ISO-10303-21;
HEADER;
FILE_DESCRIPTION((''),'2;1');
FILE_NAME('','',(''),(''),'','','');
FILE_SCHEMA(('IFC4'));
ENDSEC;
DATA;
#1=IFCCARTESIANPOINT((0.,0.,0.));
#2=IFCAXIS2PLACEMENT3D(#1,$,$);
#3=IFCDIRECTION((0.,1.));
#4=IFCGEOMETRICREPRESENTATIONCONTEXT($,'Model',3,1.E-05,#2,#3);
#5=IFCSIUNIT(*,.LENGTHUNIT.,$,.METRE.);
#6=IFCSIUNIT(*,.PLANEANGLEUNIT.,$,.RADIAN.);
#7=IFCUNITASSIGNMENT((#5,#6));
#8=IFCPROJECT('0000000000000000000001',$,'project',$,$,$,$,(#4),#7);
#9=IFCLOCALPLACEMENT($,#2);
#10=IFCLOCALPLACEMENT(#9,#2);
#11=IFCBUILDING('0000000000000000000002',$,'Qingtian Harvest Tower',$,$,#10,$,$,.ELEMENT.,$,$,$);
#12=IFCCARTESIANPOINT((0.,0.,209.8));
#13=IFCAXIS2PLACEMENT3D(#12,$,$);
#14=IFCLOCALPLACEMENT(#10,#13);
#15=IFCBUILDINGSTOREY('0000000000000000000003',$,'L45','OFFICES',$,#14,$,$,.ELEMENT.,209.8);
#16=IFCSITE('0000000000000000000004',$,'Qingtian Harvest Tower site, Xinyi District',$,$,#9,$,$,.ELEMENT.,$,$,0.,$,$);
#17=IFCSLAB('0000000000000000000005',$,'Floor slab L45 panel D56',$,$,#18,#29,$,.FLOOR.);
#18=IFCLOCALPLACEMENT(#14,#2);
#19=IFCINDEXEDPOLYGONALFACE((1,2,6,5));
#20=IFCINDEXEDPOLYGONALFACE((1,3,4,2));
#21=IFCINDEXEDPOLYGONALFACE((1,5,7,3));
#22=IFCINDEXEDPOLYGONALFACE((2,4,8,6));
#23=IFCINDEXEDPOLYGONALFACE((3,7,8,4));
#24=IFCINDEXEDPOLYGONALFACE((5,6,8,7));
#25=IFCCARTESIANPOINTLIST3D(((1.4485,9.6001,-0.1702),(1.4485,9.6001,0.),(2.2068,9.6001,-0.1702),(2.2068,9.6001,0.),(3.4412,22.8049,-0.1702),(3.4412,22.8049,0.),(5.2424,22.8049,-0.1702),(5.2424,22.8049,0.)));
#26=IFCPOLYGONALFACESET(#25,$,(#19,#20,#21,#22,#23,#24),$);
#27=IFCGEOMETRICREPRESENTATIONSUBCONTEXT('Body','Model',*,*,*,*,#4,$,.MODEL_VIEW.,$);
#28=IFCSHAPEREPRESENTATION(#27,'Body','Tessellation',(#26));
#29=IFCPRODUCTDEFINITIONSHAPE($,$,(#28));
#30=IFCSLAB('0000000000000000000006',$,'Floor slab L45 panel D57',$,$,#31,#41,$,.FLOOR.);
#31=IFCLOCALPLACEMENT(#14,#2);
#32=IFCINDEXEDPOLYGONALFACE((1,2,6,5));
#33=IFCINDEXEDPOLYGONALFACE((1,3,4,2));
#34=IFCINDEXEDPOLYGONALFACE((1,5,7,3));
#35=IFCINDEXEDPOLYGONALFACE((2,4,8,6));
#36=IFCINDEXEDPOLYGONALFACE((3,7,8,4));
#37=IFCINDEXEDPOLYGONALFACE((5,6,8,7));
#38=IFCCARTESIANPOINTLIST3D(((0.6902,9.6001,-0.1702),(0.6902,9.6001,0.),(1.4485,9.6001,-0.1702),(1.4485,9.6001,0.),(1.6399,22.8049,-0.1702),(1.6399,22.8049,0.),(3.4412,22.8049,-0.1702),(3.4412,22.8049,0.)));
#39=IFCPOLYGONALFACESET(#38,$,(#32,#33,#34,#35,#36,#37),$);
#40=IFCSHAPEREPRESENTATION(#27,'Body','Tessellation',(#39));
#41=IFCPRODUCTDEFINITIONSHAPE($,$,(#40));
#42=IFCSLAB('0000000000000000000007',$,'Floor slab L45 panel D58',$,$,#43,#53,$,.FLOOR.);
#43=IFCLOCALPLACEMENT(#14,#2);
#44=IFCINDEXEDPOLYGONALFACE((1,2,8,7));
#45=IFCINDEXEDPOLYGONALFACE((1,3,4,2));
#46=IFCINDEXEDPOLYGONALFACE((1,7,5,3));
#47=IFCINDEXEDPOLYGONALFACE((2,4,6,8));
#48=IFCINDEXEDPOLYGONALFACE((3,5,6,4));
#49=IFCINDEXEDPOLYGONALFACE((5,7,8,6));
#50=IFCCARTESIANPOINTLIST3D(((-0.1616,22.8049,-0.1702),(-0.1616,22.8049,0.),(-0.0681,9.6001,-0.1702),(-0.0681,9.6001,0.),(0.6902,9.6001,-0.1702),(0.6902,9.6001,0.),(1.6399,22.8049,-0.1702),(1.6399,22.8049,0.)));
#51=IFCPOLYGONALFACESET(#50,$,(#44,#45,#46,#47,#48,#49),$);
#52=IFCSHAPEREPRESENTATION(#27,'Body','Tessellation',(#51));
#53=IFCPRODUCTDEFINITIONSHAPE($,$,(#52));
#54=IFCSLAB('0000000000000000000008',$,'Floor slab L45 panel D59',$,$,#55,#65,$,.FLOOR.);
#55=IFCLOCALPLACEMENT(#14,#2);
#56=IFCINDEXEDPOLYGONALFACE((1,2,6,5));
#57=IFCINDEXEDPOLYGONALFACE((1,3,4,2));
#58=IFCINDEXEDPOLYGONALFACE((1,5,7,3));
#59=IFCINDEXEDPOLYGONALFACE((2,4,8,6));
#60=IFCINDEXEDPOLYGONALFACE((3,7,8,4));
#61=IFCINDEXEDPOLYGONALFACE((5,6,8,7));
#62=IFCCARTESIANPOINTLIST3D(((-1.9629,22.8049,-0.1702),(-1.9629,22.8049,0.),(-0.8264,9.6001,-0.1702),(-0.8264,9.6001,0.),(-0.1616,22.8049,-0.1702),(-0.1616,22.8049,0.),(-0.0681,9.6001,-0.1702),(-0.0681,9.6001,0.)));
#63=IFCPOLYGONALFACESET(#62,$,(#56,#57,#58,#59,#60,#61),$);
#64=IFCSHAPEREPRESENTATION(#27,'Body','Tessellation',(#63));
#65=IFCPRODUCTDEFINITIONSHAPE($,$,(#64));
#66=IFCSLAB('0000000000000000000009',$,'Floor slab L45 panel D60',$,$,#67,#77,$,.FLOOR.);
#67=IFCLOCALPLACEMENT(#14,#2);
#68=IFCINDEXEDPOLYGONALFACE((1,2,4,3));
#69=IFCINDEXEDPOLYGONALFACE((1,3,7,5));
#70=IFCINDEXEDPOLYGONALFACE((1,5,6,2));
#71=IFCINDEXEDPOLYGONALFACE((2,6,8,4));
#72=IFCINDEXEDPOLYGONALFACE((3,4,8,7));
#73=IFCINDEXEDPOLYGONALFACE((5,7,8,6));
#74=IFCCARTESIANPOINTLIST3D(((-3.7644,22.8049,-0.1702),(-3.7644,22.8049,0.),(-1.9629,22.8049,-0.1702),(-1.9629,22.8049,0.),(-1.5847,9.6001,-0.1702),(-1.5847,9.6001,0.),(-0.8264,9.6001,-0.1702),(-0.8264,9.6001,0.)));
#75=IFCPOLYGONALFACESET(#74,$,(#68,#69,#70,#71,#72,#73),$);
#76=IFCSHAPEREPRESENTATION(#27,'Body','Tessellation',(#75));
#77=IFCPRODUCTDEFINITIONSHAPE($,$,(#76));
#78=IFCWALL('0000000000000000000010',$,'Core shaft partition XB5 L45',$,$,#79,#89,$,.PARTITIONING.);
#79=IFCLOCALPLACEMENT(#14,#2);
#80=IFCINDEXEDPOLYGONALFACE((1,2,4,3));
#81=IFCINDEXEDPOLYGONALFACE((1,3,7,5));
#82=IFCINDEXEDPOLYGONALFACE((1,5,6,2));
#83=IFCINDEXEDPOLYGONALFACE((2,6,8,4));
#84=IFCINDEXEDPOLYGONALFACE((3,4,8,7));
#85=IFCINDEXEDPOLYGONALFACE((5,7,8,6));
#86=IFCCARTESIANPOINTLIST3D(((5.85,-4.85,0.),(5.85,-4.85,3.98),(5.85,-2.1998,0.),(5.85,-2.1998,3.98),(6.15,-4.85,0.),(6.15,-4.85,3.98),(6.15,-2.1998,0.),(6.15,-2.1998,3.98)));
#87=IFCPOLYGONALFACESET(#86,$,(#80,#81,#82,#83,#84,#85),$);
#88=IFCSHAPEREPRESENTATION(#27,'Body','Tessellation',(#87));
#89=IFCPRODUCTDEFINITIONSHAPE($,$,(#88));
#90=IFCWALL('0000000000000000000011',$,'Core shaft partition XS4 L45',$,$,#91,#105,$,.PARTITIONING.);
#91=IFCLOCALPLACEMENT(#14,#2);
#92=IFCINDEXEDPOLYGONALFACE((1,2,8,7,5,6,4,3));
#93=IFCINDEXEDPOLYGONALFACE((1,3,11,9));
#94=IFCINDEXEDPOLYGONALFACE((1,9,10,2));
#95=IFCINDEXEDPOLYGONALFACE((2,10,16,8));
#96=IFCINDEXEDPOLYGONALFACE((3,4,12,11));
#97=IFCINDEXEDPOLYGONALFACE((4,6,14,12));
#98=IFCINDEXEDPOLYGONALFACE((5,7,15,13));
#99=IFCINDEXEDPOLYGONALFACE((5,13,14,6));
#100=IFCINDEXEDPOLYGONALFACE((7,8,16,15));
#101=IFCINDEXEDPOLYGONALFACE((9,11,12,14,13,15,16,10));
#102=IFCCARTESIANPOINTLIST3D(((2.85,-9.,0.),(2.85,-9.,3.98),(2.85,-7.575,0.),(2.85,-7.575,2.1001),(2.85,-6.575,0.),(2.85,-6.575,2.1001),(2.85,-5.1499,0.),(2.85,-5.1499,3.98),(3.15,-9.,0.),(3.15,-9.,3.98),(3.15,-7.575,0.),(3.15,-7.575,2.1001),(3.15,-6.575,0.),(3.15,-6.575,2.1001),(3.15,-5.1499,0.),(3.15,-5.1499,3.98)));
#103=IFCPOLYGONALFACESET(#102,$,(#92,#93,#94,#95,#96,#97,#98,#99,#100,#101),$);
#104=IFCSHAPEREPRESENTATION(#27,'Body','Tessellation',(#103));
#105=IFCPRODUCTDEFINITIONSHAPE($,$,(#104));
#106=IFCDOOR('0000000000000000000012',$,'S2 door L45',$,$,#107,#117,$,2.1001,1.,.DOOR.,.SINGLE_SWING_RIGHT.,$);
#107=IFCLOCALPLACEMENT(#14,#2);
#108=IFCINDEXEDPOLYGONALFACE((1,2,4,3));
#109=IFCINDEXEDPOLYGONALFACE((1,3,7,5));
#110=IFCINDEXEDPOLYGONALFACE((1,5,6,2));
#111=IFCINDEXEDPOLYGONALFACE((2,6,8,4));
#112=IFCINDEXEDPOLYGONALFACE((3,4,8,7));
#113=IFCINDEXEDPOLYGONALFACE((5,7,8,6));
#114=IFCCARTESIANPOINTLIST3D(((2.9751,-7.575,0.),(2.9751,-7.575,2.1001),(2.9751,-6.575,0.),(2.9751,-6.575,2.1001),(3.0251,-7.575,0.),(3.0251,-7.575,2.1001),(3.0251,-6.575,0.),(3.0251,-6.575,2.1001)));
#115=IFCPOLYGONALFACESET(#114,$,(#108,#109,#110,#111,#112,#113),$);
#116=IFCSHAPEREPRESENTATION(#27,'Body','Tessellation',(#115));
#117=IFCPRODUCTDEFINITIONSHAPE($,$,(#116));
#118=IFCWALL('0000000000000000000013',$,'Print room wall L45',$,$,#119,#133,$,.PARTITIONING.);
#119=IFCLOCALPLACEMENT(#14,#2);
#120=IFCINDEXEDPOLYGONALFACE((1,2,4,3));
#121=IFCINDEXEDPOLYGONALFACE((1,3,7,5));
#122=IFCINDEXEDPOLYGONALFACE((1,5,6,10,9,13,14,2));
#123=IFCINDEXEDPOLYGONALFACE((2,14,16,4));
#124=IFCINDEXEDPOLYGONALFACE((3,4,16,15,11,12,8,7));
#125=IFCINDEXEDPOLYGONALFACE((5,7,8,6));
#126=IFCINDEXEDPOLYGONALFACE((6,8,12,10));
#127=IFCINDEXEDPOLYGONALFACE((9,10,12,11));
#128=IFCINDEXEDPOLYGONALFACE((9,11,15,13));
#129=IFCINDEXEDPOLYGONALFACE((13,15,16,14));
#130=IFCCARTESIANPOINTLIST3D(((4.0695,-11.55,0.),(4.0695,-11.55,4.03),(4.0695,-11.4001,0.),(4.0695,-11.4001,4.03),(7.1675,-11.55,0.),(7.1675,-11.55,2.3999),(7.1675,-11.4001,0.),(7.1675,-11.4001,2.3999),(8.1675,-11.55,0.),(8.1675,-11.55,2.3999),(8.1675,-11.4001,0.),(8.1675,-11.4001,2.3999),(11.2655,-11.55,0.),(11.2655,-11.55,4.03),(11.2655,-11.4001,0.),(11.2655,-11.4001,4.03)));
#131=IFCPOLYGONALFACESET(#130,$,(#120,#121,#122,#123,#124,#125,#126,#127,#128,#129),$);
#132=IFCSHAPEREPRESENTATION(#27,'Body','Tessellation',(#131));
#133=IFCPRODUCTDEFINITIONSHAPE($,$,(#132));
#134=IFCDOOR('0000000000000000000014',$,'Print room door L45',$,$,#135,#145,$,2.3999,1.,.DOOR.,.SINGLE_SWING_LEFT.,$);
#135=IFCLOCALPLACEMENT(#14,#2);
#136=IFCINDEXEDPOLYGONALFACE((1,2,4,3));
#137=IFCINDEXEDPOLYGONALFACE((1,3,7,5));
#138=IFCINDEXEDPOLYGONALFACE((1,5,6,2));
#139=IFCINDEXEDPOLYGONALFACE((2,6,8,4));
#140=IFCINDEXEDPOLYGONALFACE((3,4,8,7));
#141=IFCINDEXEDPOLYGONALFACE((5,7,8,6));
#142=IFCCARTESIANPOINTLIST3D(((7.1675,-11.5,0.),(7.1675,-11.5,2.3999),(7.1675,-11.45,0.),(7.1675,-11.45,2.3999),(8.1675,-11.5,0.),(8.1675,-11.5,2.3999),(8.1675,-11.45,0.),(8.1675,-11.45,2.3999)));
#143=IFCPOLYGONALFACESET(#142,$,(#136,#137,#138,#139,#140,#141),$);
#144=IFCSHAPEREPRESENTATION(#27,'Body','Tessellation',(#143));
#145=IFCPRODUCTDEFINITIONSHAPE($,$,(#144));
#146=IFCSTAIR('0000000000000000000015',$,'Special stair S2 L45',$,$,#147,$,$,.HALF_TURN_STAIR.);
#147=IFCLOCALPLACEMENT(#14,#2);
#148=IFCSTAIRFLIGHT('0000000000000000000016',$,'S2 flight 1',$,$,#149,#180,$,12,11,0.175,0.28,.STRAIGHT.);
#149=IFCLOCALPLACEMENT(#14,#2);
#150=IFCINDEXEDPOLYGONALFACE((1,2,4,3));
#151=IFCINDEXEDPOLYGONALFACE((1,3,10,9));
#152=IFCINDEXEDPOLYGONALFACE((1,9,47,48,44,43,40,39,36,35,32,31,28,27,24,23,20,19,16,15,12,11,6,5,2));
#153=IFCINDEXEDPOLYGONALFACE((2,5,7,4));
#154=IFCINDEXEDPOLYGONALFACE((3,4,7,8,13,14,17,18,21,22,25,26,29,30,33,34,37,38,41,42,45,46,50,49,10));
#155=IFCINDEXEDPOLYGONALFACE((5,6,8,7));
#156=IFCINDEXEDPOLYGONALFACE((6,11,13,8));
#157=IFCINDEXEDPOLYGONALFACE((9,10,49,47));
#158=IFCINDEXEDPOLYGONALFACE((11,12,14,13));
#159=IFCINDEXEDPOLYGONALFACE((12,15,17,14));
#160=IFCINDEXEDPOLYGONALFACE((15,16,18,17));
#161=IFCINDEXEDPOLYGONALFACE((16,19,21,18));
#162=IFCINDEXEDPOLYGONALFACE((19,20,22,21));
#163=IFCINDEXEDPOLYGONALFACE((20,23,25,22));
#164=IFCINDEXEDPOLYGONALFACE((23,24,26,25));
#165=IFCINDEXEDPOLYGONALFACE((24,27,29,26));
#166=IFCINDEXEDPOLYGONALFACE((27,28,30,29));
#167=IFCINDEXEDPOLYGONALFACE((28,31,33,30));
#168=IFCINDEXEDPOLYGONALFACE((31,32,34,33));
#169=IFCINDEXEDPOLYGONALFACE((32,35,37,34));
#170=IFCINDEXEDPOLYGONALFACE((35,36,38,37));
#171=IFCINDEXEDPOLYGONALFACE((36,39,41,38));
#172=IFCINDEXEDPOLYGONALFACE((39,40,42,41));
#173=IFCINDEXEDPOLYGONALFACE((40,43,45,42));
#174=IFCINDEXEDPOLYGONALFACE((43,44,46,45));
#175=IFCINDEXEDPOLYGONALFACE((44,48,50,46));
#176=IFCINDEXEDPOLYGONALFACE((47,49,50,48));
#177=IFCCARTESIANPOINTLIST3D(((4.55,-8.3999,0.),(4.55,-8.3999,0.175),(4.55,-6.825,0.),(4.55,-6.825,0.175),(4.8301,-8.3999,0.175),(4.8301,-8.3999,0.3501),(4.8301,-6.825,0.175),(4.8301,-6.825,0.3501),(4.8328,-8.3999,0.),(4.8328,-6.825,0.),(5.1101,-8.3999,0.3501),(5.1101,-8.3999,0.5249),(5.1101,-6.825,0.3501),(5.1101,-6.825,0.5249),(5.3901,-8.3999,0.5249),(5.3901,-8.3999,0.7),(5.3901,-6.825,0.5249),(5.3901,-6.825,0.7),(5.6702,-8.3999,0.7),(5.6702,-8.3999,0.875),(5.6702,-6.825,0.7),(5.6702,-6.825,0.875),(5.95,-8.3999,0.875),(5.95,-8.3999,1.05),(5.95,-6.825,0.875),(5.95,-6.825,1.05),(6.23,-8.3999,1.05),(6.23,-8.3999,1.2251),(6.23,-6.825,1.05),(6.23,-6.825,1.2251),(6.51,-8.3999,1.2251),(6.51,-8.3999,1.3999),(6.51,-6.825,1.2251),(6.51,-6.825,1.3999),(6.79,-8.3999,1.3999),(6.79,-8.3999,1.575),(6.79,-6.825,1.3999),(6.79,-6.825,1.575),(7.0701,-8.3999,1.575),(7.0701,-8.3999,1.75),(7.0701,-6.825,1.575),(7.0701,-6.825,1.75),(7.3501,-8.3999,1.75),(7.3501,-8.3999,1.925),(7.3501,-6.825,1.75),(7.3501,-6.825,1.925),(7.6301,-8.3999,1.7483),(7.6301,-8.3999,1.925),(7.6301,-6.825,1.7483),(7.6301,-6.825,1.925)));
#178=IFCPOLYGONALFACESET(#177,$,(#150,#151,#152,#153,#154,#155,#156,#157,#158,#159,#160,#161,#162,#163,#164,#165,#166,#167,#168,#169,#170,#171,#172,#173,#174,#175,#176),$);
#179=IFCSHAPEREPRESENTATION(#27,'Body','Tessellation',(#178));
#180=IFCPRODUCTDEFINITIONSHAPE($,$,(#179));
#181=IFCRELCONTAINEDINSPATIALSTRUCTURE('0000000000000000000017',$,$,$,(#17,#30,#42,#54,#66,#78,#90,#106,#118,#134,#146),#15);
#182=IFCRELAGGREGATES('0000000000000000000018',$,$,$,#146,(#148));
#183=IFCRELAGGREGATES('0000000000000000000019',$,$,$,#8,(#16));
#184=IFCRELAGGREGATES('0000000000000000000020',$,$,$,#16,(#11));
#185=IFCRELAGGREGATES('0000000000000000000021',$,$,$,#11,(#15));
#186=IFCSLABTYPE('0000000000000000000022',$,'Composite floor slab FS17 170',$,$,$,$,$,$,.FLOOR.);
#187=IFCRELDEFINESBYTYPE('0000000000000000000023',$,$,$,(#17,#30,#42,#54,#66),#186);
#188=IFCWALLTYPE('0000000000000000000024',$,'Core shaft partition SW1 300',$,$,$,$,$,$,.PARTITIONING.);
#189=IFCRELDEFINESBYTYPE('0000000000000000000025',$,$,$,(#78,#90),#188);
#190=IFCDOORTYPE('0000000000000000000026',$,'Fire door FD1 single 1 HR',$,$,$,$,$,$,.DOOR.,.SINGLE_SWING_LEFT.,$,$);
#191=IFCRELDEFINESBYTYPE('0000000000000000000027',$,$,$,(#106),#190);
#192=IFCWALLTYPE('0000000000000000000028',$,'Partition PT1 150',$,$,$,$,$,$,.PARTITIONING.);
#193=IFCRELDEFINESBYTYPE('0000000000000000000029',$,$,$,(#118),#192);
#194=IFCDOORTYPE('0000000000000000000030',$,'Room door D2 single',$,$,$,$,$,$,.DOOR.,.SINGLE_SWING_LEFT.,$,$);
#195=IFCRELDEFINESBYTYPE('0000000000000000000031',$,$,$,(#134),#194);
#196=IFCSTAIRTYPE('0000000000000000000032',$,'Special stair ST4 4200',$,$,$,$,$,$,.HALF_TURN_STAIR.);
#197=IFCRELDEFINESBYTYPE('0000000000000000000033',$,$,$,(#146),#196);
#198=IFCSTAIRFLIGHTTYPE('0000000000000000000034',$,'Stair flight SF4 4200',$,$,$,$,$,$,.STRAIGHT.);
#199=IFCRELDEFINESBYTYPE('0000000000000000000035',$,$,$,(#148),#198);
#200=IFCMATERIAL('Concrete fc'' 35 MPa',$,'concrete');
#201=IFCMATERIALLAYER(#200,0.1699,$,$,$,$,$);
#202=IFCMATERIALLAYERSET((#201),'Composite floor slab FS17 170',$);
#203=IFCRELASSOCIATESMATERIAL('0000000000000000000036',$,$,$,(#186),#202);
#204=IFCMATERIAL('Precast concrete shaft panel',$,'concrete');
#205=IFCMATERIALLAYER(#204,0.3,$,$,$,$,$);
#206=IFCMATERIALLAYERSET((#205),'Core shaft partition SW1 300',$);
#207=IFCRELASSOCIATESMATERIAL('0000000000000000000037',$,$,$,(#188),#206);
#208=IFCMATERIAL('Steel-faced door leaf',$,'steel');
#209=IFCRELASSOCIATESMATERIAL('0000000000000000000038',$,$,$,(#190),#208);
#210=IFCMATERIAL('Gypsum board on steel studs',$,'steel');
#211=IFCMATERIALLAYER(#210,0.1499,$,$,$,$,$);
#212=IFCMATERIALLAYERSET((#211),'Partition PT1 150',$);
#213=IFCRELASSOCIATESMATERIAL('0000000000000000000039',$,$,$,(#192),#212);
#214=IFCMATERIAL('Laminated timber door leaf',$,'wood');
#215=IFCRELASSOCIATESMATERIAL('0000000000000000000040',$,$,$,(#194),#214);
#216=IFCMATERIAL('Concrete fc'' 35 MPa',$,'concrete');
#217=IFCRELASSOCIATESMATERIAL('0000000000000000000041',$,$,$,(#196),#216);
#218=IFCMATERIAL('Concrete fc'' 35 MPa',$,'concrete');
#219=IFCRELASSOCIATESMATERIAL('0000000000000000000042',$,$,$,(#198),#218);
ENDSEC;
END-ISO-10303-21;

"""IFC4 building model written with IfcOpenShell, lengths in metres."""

from ifc_helpers import new_model, si_unit, direction, frame, frame_2d, origin, place, context, subcontext, project, spatial, polyline, rectangle, outline, extrude, material, layer, layer_set, type_object, element, fill, aggregate, save


model = new_model("IFC4")

# Units and contexts
model_context = context("Model", 3, precision=1e-05, world=origin(), true_north=direction((0.0, 1.0)))
body_context = subcontext(model_context, "Body", "Model", "MODEL_VIEW")
ifc_project = project(units=[si_unit("LENGTHUNIT", "METRE"), si_unit("PLANEANGLEUNIT", "RADIAN")], contexts=[model_context])

# Site, building, storey
site_placement = place(None, origin())
site = spatial("IfcSite", under=ifc_project, at=site_placement, Name="Qingtian Harvest Tower site, Xinyi District", CompositionType="ELEMENT", RefElevation=0.0)
building_placement = place(site_placement, origin())
building = spatial("IfcBuilding", under=site, at=building_placement, Name="Qingtian Harvest Tower", CompositionType="ELEMENT")
storey_placement = place(building_placement, frame((0.0, 0.0, 209.8)))
storey = spatial("IfcBuildingStorey", under=building, at=storey_placement, Name="L45", Description="OFFICES", CompositionType="ELEMENT", Elevation=209.8)

# Slabs
ifc_material_1 = material(Name="Concrete fc' 35 MPa", Category="concrete")
ifc_layer_1 = layer(ifc_material_1, 0.1699)
ifc_layer_set_1 = layer_set([ifc_layer_1], Name="Composite floor slab FS17 170")
slab_type = type_object("IfcSlabType", Name="Composite floor slab FS17 170", PredefinedType="FLOOR", material=ifc_layer_set_1)
slab_1_placement = place(storey_placement, frame((0.0, 0.0, -0.1702)))
element("IfcSlab", 1, at=slab_1_placement, inside=storey, type_object=slab_type, Name="Floor slab L45 panel D56", PredefinedType="FLOOR", context=body_context, shape_type="SweptSolid", body=[
    extrude(outline(polyline([(1.4485, 9.6001), (3.4412, 22.8049), (5.2424, 22.8049), (2.2068, 9.6001), (1.4485, 9.6001)])), origin(), (0.0, 0.0, 1.0), 0.1702),
])
slab_2_placement = place(storey_placement, frame((0.0, 0.0, -0.1702)))
element("IfcSlab", 2, at=slab_2_placement, inside=storey, type_object=slab_type, Name="Floor slab L45 panel D57", PredefinedType="FLOOR", context=body_context, shape_type="SweptSolid", body=[
    extrude(outline(polyline([(0.6902, 9.6001), (1.6399, 22.8049), (3.4412, 22.8049), (1.4485, 9.6001), (0.6902, 9.6001)])), origin(), (0.0, 0.0, 1.0), 0.1702),
])
slab_3_placement = place(storey_placement, frame((0.0, 0.0, -0.1702)))
element("IfcSlab", 3, at=slab_3_placement, inside=storey, type_object=slab_type, Name="Floor slab L45 panel D58", PredefinedType="FLOOR", context=body_context, shape_type="SweptSolid", body=[
    extrude(outline(polyline([(-0.0681, 9.6001), (-0.1616, 22.8049), (1.6399, 22.8049), (0.6902, 9.6001), (-0.0681, 9.6001)])), origin(), (0.0, 0.0, 1.0), 0.1702),
])
slab_4_placement = place(storey_placement, frame((0.0, 0.0, -0.1702)))
element("IfcSlab", 4, at=slab_4_placement, inside=storey, type_object=slab_type, Name="Floor slab L45 panel D59", PredefinedType="FLOOR", context=body_context, shape_type="SweptSolid", body=[
    extrude(outline(polyline([(-0.8264, 9.6001), (-1.9629, 22.8049), (-0.1616, 22.8049), (-0.0681, 9.6001), (-0.8264, 9.6001)])), origin(), (0.0, 0.0, 1.0), 0.1702),
])
slab_5_placement = place(storey_placement, frame((0.0, 0.0, -0.1702)))
element("IfcSlab", 5, at=slab_5_placement, inside=storey, type_object=slab_type, Name="Floor slab L45 panel D60", PredefinedType="FLOOR", context=body_context, shape_type="SweptSolid", body=[
    extrude(outline(polyline([(-1.5847, 9.6001), (-3.7644, 22.8049), (-1.9629, 22.8049), (-0.8264, 9.6001), (-1.5847, 9.6001)])), origin(), (0.0, 0.0, 1.0), 0.1702),
])

# Wall
ifc_material_2 = material(Name="Precast concrete shaft panel", Category="concrete")
ifc_layer_2 = layer(ifc_material_2, 0.3)
ifc_layer_set_2 = layer_set([ifc_layer_2], Name="Core shaft partition SW1 300")
wall_type_1 = type_object("IfcWallType", Name="Core shaft partition SW1 300", PredefinedType="PARTITIONING", material=ifc_layer_set_2)
wall_1_placement = place(storey_placement, frame((6.0, -4.8501, 0.0), z_axis=(0.0, 0.0, 1.0), x_axis=(0.0, 1.0, 0.0)))
element("IfcWall", 6, at=wall_1_placement, inside=storey, type_object=wall_type_1, Name="Core shaft partition XB5 L45", PredefinedType="PARTITIONING", context=body_context, shape_type="SweptSolid", body=[
    extrude(rectangle(XDim=2.6501, YDim=0.3, at=frame_2d((1.3252, 0.0))), origin(), (0.0, 0.0, 1.0), 3.98),
])

# Walls, openings, doors
wall_2_placement = place(storey_placement, frame((3.0, -9.0, 0.0), z_axis=(0.0, 0.0, 1.0), x_axis=(0.0, 1.0, 0.0)))
wall_2 = element("IfcWall", 7, at=wall_2_placement, inside=storey, type_object=wall_type_1, Name="Core shaft partition XS4 L45", PredefinedType="PARTITIONING", context=body_context, shape_type="SweptSolid", body=[
    extrude(rectangle(XDim=3.8501, YDim=0.3, at=frame_2d((1.925, 0.0))), origin(), (0.0, 0.0, 1.0), 3.98),
])
opening_1_placement = place(wall_2_placement, frame((1.425, 0.0, 0.0)))
opening_1 = element("IfcOpeningElement", 8, at=opening_1_placement, cuts=wall_2, PredefinedType="OPENING", context=body_context, shape_type="SweptSolid", body=[
    extrude(rectangle(XDim=1.0, YDim=2.1001, at=frame_2d((0.5, 1.05))), frame((0.0, 0.1599, 0.0), z_axis=(0.0, -1.0, 0.0), x_axis=(1.0, 0.0, 0.0)), (0.0, 0.0, 1.0), 0.3201),
])
ifc_material_3 = material(Name="Steel-faced door leaf", Category="steel")
door_type_1 = type_object("IfcDoorType", Name="Fire door FD1 single 1 HR", OperationType="SINGLE_SWING_LEFT", PredefinedType="DOOR", material=ifc_material_3)
door_1_placement = place(opening_1_placement, origin())
door_1 = element("IfcDoor", 9, at=door_1_placement, inside=storey, type_object=door_type_1, Name="S2 door L45", OperationType="SINGLE_SWING_RIGHT", OverallHeight=2.1001, OverallWidth=1.0, PredefinedType="DOOR", context=body_context, shape_type="SweptSolid", body=[
    extrude(rectangle(XDim=1.0, YDim=2.1001, at=frame_2d((0.5, 1.05))), frame((0.0, 0.0249, 0.0), z_axis=(0.0, -1.0, 0.0), x_axis=(1.0, 0.0, 0.0)), (0.0, 0.0, 1.0), 0.05),
])
fill(opening_1, door_1)
ifc_material_4 = material(Name="Gypsum board on steel studs", Category="steel")
ifc_layer_3 = layer(ifc_material_4, 0.1499)
ifc_layer_set_3 = layer_set([ifc_layer_3], Name="Partition PT1 150")
wall_type_2 = type_object("IfcWallType", Name="Partition PT1 150", PredefinedType="PARTITIONING", material=ifc_layer_set_3)
wall_3_placement = place(storey_placement, frame((11.2656, -11.4751, 0.0), z_axis=(0.0, 0.0, 1.0), x_axis=(-1.0, 0.0, 0.0)))
wall_3 = element("IfcWall", 10, at=wall_3_placement, inside=storey, type_object=wall_type_2, Name="Print room wall L45", PredefinedType="PARTITIONING", context=body_context, shape_type="SweptSolid", body=[
    extrude(rectangle(XDim=7.196, YDim=0.1499, at=frame_2d((3.5981, 0.0))), origin(), (0.0, 0.0, 1.0), 4.03),
])
opening_2_placement = place(wall_3_placement, frame((3.0981, 0.0, 0.0)))
opening_2 = element("IfcOpeningElement", 11, at=opening_2_placement, cuts=wall_3, PredefinedType="OPENING", context=body_context, shape_type="SweptSolid", body=[
    extrude(rectangle(XDim=1.0, YDim=2.3999, at=frame_2d((0.5, 1.2))), frame((0.0, 0.085, 0.0), z_axis=(0.0, -1.0, 0.0), x_axis=(1.0, 0.0, 0.0)), (0.0, 0.0, 1.0), 0.1699),
])
ifc_material_5 = material(Name="Laminated timber door leaf", Category="wood")
door_type_2 = type_object("IfcDoorType", Name="Room door D2 single", OperationType="SINGLE_SWING_LEFT", PredefinedType="DOOR", material=ifc_material_5)
door_2_placement = place(opening_2_placement, origin())
door_2 = element("IfcDoor", 12, at=door_2_placement, inside=storey, type_object=door_type_2, Name="Print room door L45", OperationType="SINGLE_SWING_LEFT", OverallHeight=2.3999, OverallWidth=1.0, PredefinedType="DOOR", context=body_context, shape_type="SweptSolid", body=[
    extrude(rectangle(XDim=1.0, YDim=2.3999, at=frame_2d((0.5, 1.2))), frame((0.0, 0.0249, 0.0), z_axis=(0.0, -1.0, 0.0), x_axis=(1.0, 0.0, 0.0)), (0.0, 0.0, 1.0), 0.05),
])
fill(opening_2, door_2)

# Stair, stair flight
ifc_material_6 = material(Name="Concrete fc' 35 MPa", Category="concrete")
stair_type = type_object("IfcStairType", Name="Special stair ST4 4200", PredefinedType="HALF_TURN_STAIR", material=ifc_material_6)
stair_placement = place(storey_placement, origin())
stair = element("IfcStair", 13, at=stair_placement, inside=storey, type_object=stair_type, Name="Special stair S2 L45", PredefinedType="HALF_TURN_STAIR")
ifc_material_7 = material(Name="Concrete fc' 35 MPa", Category="concrete")
stair_flight_type = type_object("IfcStairFlightType", Name="Stair flight SF4 4200", PredefinedType="STRAIGHT", material=ifc_material_7)
stair_flight_1_placement = place(storey_placement, frame((4.55, -7.6125, 0.0), z_axis=(0.0, 0.0, 1.0), x_axis=(1.0, 0.0, 0.0)))
stair_flight_1 = element("IfcStairFlight", 14, at=stair_flight_1_placement, type_object=stair_flight_type, Name="S2 flight 1", NumberOfRisers=12, NumberOfTreads=11, PredefinedType="STRAIGHT", RiserHeight=0.175, TreadLength=0.28, context=body_context, shape_type="SweptSolid", body=[
    extrude(outline(polyline([(0.0, 0.0), (0.0, 0.175), (0.28, 0.175), (0.28, 0.3501), (0.5601, 0.3501), (0.5601, 0.5249), (0.8401, 0.5249), (0.8401, 0.7), (1.1201, 0.7), (1.1201, 0.875), (1.3999, 0.875), (1.3999, 1.05), (1.6799, 1.05), (1.6799, 1.2251), (1.96, 1.2251), (1.96, 1.3999), (2.24, 1.3999), (2.24, 1.575), (2.52, 1.575), (2.52, 1.75), (2.8, 1.75), (2.8, 1.925), (3.0801, 1.925), (3.0801, 2.1001), (3.0801, 1.7483), (0.2827, 0.0), (0.0, 0.0)])), frame((0.0, 0.7876, 0.0), z_axis=(0.0, -1.0, 0.0), x_axis=(1.0, 0.0, 0.0)), (0.0, 0.0, 1.0), 1.575),
])
aggregate(stair, [stair_flight_1])

save(model, "model.ifc")
